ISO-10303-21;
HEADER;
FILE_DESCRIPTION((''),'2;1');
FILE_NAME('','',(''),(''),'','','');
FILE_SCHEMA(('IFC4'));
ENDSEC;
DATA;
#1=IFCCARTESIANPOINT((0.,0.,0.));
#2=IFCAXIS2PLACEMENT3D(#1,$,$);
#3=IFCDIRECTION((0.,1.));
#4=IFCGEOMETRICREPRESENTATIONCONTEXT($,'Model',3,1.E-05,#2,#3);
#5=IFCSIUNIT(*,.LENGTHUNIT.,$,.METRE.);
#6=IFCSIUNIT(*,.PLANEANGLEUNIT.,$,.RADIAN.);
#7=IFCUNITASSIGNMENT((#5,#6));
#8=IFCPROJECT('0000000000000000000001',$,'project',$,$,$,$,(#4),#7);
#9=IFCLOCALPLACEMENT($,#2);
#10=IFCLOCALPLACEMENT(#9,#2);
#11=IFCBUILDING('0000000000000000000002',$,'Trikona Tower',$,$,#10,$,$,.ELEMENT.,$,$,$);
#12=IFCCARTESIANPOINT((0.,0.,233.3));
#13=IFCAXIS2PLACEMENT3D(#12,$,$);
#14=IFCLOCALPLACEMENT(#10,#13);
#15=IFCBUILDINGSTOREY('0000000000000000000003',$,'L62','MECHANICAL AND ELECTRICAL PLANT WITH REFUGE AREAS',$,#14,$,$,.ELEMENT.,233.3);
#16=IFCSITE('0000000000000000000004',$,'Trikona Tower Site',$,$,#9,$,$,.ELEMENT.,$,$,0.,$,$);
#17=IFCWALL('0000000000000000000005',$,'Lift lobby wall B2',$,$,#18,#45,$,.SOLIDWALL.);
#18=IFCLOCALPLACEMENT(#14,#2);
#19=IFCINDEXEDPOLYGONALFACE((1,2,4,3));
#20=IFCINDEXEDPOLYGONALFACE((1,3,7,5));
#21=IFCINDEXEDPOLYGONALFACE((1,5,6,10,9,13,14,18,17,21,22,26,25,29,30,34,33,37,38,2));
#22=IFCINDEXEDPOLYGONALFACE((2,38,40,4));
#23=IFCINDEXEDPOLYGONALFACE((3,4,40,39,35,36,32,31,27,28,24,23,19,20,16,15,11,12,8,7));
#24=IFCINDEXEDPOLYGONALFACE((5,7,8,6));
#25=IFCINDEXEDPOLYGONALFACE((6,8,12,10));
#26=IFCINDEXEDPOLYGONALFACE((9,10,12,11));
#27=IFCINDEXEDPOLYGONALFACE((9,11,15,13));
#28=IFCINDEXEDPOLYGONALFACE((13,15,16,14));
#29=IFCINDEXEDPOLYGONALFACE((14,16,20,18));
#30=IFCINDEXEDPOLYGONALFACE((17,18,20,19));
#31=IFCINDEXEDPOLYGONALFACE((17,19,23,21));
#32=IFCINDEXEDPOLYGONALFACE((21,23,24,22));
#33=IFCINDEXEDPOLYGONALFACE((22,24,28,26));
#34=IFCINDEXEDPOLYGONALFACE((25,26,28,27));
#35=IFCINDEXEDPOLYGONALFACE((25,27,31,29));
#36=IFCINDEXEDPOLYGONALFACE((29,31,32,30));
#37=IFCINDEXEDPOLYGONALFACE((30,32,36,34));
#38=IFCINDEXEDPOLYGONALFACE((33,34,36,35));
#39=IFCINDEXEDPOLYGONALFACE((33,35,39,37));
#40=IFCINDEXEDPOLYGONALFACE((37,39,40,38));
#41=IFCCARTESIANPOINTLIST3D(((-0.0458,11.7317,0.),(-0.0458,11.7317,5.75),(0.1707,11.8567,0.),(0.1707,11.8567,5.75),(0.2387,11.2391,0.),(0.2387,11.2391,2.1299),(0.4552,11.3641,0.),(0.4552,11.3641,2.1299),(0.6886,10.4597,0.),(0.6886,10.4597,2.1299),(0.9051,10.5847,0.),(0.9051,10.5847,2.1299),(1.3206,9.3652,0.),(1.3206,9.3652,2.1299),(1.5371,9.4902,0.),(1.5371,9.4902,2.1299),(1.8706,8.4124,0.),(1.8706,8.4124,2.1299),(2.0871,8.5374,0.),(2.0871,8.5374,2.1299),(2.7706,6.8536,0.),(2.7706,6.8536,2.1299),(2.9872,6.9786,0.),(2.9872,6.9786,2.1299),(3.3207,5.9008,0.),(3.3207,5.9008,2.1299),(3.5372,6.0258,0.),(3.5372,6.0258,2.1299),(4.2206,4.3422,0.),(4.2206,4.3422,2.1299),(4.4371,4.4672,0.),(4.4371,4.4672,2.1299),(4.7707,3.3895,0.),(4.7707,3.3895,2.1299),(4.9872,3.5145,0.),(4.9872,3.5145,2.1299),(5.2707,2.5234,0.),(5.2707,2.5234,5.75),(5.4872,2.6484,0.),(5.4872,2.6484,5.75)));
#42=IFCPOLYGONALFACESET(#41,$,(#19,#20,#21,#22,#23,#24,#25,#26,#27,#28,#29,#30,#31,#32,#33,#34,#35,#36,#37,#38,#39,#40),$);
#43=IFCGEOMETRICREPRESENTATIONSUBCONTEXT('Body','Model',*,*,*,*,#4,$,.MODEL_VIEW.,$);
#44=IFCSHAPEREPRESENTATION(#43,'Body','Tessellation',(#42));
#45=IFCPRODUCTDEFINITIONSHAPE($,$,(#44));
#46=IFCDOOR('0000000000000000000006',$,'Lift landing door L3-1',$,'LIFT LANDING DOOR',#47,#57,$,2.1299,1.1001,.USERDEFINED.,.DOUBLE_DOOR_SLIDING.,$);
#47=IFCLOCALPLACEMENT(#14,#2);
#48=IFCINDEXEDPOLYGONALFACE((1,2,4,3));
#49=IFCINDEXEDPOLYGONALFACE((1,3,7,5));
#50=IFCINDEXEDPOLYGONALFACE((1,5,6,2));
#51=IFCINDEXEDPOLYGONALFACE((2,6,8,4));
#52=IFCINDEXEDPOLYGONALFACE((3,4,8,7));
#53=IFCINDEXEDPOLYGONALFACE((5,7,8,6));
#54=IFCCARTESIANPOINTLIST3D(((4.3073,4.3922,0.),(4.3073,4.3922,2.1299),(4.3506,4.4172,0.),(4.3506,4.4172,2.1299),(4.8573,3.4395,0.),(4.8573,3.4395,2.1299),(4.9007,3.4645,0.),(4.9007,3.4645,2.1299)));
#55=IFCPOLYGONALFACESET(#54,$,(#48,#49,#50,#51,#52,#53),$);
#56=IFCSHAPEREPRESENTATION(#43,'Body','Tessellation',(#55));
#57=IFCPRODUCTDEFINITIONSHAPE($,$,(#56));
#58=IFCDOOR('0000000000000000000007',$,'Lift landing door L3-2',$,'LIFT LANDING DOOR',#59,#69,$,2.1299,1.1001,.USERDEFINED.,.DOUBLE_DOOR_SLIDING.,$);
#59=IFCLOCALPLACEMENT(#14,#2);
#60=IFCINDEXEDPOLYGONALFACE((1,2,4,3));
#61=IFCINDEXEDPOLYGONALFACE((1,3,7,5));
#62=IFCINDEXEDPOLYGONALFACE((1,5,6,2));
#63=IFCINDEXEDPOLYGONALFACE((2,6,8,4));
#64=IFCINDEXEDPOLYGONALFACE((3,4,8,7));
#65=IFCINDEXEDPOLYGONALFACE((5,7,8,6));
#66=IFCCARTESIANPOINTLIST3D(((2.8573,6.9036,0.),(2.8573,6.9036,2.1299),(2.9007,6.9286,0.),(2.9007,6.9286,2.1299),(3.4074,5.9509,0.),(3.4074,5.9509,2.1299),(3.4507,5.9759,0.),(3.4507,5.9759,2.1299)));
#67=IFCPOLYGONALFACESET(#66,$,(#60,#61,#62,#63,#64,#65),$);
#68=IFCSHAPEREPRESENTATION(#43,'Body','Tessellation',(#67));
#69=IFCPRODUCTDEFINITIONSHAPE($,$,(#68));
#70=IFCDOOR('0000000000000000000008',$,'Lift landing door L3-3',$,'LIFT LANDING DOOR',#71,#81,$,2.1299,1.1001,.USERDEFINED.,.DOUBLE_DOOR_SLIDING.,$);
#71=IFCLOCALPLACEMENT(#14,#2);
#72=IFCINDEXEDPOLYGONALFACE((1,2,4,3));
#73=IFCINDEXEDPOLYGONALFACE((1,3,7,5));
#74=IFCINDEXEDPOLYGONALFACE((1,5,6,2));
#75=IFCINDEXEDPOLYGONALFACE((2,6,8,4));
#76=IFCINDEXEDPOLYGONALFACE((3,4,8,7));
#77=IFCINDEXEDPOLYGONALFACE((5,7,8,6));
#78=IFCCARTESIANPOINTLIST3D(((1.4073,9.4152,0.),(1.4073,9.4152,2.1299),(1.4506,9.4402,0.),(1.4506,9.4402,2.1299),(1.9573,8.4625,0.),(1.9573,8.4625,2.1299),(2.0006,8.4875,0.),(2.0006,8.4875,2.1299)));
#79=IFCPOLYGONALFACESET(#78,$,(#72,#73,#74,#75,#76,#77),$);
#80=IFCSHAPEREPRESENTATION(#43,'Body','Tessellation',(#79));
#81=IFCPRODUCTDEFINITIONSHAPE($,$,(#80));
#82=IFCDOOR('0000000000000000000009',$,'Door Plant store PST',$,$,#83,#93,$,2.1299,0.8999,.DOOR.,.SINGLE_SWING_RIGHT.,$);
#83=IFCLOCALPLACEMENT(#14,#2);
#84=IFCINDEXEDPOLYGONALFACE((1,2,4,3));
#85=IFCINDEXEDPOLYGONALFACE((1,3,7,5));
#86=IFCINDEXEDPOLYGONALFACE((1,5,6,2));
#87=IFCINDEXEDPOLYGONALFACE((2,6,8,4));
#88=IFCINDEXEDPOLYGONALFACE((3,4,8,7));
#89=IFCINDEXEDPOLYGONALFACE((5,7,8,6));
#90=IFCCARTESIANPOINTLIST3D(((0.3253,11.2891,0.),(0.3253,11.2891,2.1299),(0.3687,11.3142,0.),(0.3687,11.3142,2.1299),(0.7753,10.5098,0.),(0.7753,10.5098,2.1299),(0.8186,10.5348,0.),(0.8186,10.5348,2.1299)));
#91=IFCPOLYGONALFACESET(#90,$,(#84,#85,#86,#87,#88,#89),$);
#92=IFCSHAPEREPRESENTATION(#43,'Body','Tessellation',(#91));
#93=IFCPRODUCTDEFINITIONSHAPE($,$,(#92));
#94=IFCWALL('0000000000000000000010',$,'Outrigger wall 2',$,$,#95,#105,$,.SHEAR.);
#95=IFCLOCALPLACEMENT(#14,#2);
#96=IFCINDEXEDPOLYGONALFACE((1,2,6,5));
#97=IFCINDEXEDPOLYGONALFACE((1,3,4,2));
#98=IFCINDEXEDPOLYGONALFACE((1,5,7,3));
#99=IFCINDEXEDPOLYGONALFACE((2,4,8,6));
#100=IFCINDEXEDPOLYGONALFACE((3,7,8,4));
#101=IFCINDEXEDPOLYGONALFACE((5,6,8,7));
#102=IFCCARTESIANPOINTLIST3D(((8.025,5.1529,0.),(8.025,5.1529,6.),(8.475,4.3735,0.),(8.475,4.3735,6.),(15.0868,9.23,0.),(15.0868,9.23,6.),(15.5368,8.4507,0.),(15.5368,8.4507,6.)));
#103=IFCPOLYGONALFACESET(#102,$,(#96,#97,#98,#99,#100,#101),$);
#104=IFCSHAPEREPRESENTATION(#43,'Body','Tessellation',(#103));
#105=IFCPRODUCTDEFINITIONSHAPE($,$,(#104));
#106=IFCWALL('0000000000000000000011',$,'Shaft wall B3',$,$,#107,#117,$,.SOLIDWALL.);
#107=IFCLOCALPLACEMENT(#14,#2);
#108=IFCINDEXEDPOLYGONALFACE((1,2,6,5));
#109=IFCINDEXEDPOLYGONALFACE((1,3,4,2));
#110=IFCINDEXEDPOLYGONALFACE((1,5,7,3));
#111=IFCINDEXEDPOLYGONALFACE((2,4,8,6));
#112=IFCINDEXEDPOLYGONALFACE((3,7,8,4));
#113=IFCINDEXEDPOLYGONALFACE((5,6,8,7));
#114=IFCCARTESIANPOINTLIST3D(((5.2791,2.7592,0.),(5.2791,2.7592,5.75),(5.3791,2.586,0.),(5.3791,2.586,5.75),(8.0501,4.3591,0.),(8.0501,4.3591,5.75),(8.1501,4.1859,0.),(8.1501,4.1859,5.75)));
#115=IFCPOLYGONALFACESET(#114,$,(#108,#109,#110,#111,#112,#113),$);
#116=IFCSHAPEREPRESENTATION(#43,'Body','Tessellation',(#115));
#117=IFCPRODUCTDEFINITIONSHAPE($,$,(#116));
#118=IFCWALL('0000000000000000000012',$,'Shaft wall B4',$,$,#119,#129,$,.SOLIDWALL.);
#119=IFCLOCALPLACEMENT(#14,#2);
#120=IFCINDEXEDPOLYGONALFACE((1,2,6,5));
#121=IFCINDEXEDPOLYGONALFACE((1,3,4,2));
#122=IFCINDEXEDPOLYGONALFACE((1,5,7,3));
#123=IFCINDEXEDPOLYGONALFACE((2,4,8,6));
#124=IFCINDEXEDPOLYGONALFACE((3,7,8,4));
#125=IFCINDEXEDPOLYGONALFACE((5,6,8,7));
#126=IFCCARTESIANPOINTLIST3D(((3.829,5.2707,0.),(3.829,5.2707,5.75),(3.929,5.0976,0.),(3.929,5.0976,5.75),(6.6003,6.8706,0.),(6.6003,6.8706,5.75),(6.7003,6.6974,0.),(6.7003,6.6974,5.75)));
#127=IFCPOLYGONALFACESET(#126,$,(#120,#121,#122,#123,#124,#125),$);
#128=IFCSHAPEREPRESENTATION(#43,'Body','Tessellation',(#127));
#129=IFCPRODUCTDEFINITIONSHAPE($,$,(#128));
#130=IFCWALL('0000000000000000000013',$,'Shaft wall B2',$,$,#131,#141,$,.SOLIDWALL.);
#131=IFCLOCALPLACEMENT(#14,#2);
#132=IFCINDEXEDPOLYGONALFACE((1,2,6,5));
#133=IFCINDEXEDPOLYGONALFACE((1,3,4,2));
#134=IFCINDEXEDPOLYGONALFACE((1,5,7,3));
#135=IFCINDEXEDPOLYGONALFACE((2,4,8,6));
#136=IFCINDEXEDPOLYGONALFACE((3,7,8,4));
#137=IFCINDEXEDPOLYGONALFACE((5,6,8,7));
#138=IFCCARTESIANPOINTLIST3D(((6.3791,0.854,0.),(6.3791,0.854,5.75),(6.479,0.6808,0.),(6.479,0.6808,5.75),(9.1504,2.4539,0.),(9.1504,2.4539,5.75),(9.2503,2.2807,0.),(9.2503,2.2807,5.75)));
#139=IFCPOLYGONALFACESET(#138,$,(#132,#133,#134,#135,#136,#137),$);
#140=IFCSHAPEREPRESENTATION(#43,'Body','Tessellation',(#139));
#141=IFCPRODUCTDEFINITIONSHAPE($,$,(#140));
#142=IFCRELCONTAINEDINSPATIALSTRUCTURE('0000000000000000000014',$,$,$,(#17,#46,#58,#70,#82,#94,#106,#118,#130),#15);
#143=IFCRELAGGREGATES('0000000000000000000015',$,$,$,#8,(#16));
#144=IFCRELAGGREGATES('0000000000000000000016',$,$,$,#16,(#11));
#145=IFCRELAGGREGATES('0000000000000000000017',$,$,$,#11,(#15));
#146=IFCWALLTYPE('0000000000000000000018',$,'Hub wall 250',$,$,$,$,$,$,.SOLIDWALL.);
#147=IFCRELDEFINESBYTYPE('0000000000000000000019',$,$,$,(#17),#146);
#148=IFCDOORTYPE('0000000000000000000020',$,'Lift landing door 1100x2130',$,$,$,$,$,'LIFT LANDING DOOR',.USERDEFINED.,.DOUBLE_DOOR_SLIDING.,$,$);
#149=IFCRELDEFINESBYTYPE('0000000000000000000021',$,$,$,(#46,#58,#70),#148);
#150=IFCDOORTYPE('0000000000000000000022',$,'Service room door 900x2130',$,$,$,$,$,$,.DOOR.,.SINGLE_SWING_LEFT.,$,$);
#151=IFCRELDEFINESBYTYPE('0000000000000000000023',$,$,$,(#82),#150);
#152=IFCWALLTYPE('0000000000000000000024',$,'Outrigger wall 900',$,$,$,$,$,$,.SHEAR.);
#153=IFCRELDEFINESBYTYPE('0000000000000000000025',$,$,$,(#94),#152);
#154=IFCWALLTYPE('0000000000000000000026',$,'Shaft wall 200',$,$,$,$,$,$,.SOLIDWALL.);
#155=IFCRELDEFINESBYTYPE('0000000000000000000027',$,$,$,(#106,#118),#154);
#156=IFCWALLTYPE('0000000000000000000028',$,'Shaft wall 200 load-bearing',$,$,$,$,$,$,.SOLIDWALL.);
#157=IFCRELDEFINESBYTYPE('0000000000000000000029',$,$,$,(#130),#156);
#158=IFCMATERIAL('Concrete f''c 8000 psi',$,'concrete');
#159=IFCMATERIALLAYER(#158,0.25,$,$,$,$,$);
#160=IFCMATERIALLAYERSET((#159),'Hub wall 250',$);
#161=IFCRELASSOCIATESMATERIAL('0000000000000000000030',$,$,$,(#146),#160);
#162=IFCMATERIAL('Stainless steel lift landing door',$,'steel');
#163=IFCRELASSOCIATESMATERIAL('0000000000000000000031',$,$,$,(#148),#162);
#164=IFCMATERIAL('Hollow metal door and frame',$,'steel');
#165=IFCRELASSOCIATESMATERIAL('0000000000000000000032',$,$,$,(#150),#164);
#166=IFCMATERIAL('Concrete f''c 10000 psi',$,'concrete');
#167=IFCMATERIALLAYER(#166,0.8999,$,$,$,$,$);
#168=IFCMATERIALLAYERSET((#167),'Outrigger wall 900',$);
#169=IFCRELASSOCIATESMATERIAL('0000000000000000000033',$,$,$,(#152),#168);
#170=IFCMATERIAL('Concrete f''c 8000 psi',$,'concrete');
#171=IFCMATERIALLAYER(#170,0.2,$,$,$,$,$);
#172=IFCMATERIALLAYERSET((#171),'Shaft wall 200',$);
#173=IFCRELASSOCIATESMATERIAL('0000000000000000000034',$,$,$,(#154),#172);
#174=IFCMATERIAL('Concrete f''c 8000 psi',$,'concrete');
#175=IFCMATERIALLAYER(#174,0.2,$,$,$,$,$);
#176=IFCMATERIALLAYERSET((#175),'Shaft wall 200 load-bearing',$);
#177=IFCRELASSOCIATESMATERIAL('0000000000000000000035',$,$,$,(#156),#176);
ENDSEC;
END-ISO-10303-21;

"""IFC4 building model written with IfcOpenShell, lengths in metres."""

from ifc_helpers import new_model, si_unit, direction, frame, frame_2d, origin, place, context, subcontext, project, spatial, rectangle, extrude, material, layer, layer_set, type_object, element, fill, save


model = new_model("IFC4")

# Units and contexts
model_context = context("Model", 3, precision=1e-05, world=origin(), true_north=direction((0.0, 1.0)))
body_context = subcontext(model_context, "Body", "Model", "MODEL_VIEW")
ifc_project = project(units=[si_unit("LENGTHUNIT", "METRE"), si_unit("PLANEANGLEUNIT", "RADIAN")], contexts=[model_context])

# Site, building, storey
site_placement = place(None, origin())
site = spatial("IfcSite", under=ifc_project, at=site_placement, Name="Trikona Tower Site", CompositionType="ELEMENT", RefElevation=0.0)
building_placement = place(site_placement, origin())
building = spatial("IfcBuilding", under=site, at=building_placement, Name="Trikona Tower", CompositionType="ELEMENT")
storey_placement = place(building_placement, frame((0.0, 0.0, 233.3)))
storey = spatial("IfcBuildingStorey", under=building, at=storey_placement, Name="L62", Description="MECHANICAL AND ELECTRICAL PLANT WITH REFUGE AREAS", CompositionType="ELEMENT", Elevation=233.3)

# Wall, openings, doors
ifc_material_1 = material(Name="Concrete f'c 8000 psi", Category="concrete")
ifc_layer_1 = layer(ifc_material_1, 0.25)
ifc_layer_set_1 = layer_set([ifc_layer_1], Name="Hub wall 250")
wall_type_1 = type_object("IfcWallType", Name="Hub wall 250", PredefinedType="SOLIDWALL", material=ifc_layer_set_1)
wall_1_placement = place(storey_placement, frame((5.3789, 2.5859, 0.0), z_axis=(0.0, 0.0, 1.0), x_axis=(-0.500001, 0.866025, 0.0)))
wall_1 = element("IfcWall", 1, at=wall_1_placement, inside=storey, type_object=wall_type_1, Name="Lift lobby wall B2", PredefinedType="SOLIDWALL", context=body_context, shape_type="SweptSolid", body=[
    extrude(rectangle(XDim=10.6328, YDim=0.25, at=frame_2d((5.3164, 0.0))), origin(), (0.0, 0.0, 1.0), 5.75),
])
opening_1_placement = place(wall_1_placement, frame((9.1641, 0.0, 0.0)))
opening_1 = element("IfcOpeningElement", 2, at=opening_1_placement, cuts=wall_1, PredefinedType="OPENING", context=body_context, shape_type="SweptSolid", body=[
    extrude(rectangle(XDim=0.8999, YDim=2.1299, at=frame_2d((0.45, 1.0649))), frame((0.0, 0.135, 0.0), z_axis=(0.0, -1.0, 0.0), x_axis=(1.0, 0.0, 0.0)), (0.0, 0.0, 1.0), 0.27),
])
opening_2_placement = place(wall_1_placement, frame((1.0, 0.0, 0.0)))
opening_2 = element("IfcOpeningElement", 3, at=opening_2_placement, cuts=wall_1, PredefinedType="OPENING", context=body_context, shape_type="SweptSolid", body=[
    extrude(rectangle(XDim=1.1001, YDim=2.1299, at=frame_2d((0.55, 1.0649))), frame((0.0, 0.135, 0.0), z_axis=(0.0, -1.0, 0.0), x_axis=(1.0, 0.0, 0.0)), (0.0, 0.0, 1.0), 0.27),
])
opening_3_placement = place(wall_1_placement, frame((3.8999, 0.0, 0.0)))
opening_3 = element("IfcOpeningElement", 4, at=opening_3_placement, cuts=wall_1, PredefinedType="OPENING", context=body_context, shape_type="SweptSolid", body=[
    extrude(rectangle(XDim=1.1001, YDim=2.1299, at=frame_2d((0.55, 1.0649))), frame((0.0, 0.135, 0.0), z_axis=(0.0, -1.0, 0.0), x_axis=(1.0, 0.0, 0.0)), (0.0, 0.0, 1.0), 0.27),
])
opening_4_placement = place(wall_1_placement, frame((6.8, 0.0, 0.0)))
opening_4 = element("IfcOpeningElement", 5, at=opening_4_placement, cuts=wall_1, PredefinedType="OPENING", context=body_context, shape_type="SweptSolid", body=[
    extrude(rectangle(XDim=1.1001, YDim=2.1299, at=frame_2d((0.55, 1.0649))), frame((0.0, 0.135, 0.0), z_axis=(0.0, -1.0, 0.0), x_axis=(1.0, 0.0, 0.0)), (0.0, 0.0, 1.0), 0.27),
])
ifc_material_2 = material(Name="Stainless steel lift landing door", Category="steel")
door_type_1 = type_object("IfcDoorType", Name="Lift landing door 1100x2130", ElementType="LIFT LANDING DOOR", OperationType="DOUBLE_DOOR_SLIDING", PredefinedType="USERDEFINED", material=ifc_material_2)
door_1_placement = place(opening_2_placement, origin())
door_1 = element("IfcDoor", 6, at=door_1_placement, inside=storey, type_object=door_type_1, Name="Lift landing door L3-1", ObjectType="LIFT LANDING DOOR", OperationType="DOUBLE_DOOR_SLIDING", OverallHeight=2.1299, OverallWidth=1.1001, PredefinedType="USERDEFINED", context=body_context, shape_type="SweptSolid", body=[
    extrude(rectangle(XDim=1.1001, YDim=2.1299, at=frame_2d((0.55, 1.0649))), frame((0.0, 0.0249, 0.0), z_axis=(0.0, -1.0, 0.0), x_axis=(1.0, 0.0, 0.0)), (0.0, 0.0, 1.0), 0.05),
])
fill(opening_2, door_1)
door_2_placement = place(opening_3_placement, origin())
door_2 = element("IfcDoor", 7, at=door_2_placement, inside=storey, type_object=door_type_1, Name="Lift landing door L3-2", ObjectType="LIFT LANDING DOOR", OperationType="DOUBLE_DOOR_SLIDING", OverallHeight=2.1299, OverallWidth=1.1001, PredefinedType="USERDEFINED", context=body_context, shape_type="SweptSolid", body=[
    extrude(rectangle(XDim=1.1001, YDim=2.1299, at=frame_2d((0.55, 1.0649))), frame((0.0, 0.0249, 0.0), z_axis=(0.0, -1.0, 0.0), x_axis=(1.0, 0.0, 0.0)), (0.0, 0.0, 1.0), 0.05),
])
fill(opening_3, door_2)
door_3_placement = place(opening_4_placement, origin())
door_3 = element("IfcDoor", 8, at=door_3_placement, inside=storey, type_object=door_type_1, Name="Lift landing door L3-3", ObjectType="LIFT LANDING DOOR", OperationType="DOUBLE_DOOR_SLIDING", OverallHeight=2.1299, OverallWidth=1.1001, PredefinedType="USERDEFINED", context=body_context, shape_type="SweptSolid", body=[
    extrude(rectangle(XDim=1.1001, YDim=2.1299, at=frame_2d((0.55, 1.0649))), frame((0.0, 0.0249, 0.0), z_axis=(0.0, -1.0, 0.0), x_axis=(1.0, 0.0, 0.0)), (0.0, 0.0, 1.0), 0.05),
])
fill(opening_4, door_3)
ifc_material_3 = material(Name="Hollow metal door and frame", Category="steel")
door_type_2 = type_object("IfcDoorType", Name="Service room door 900x2130", OperationType="SINGLE_SWING_LEFT", PredefinedType="DOOR", material=ifc_material_3)
door_4_placement = place(opening_1_placement, origin())
door_4 = element("IfcDoor", 9, at=door_4_placement, inside=storey, type_object=door_type_2, Name="Door Plant store PST", OperationType="SINGLE_SWING_RIGHT", OverallHeight=2.1299, OverallWidth=0.8999, PredefinedType="DOOR", context=body_context, shape_type="SweptSolid", body=[
    extrude(rectangle(XDim=0.8999, YDim=2.1299, at=frame_2d((0.45, 1.0649))), frame((0.0, 0.0249, 0.0), z_axis=(0.0, -1.0, 0.0), x_axis=(1.0, 0.0, 0.0)), (0.0, 0.0, 1.0), 0.05),
])
fill(opening_1, door_4)

# Walls
ifc_material_4 = material(Name="Concrete f'c 10000 psi", Category="concrete")
ifc_layer_2 = layer(ifc_material_4, 0.8999)
ifc_layer_set_2 = layer_set([ifc_layer_2], Name="Outrigger wall 900")
wall_type_2 = type_object("IfcWallType", Name="Outrigger wall 900", PredefinedType="SHEAR", material=ifc_layer_set_2)
wall_2_placement = place(storey_placement, frame((8.25, 4.7632, 0.0), z_axis=(0.0, 0.0, 1.0), x_axis=(0.866024, 0.500003, 0.0)))
element("IfcWall", 10, at=wall_2_placement, inside=storey, type_object=wall_type_2, Name="Outrigger wall 2", PredefinedType="SHEAR", context=body_context, shape_type="SweptSolid", body=[
    extrude(rectangle(XDim=8.1543, YDim=0.8999, at=frame_2d((4.0771, 0.0))), origin(), (0.0, 0.0, 1.0), 6.0),
])
ifc_material_5 = material(Name="Concrete f'c 8000 psi", Category="concrete")
ifc_layer_3 = layer(ifc_material_5, 0.2)
ifc_layer_set_3 = layer_set([ifc_layer_3], Name="Shaft wall 200")
wall_type_3 = type_object("IfcWallType", Name="Shaft wall 200", PredefinedType="SOLIDWALL", material=ifc_layer_set_3)
wall_3_placement = place(storey_placement, frame((5.3291, 2.6726, 0.0), z_axis=(0.0, 0.0, 1.0), x_axis=(0.866023, 0.500004, 0.0)))
element("IfcWall", 11, at=wall_3_placement, inside=storey, type_object=wall_type_3, Name="Shaft wall B3", PredefinedType="SOLIDWALL", context=body_context, shape_type="SweptSolid", body=[
    extrude(rectangle(XDim=3.1997, YDim=0.2, at=frame_2d((1.5999, 0.0))), origin(), (0.0, 0.0, 1.0), 5.75),
])
wall_4_placement = place(storey_placement, frame((3.8789, 5.1841, 0.0), z_axis=(0.0, 0.0, 1.0), x_axis=(0.866042, 0.499971, 0.0)))
element("IfcWall", 12, at=wall_4_placement, inside=storey, type_object=wall_type_3, Name="Shaft wall B4", PredefinedType="SOLIDWALL", context=body_context, shape_type="SweptSolid", body=[
    extrude(rectangle(XDim=3.2, YDim=0.2, at=frame_2d((1.6001, 0.0))), origin(), (0.0, 0.0, 1.0), 5.75),
])
ifc_material_6 = material(Name="Concrete f'c 8000 psi", Category="concrete")
ifc_layer_4 = layer(ifc_material_6, 0.2)
ifc_layer_set_4 = layer_set([ifc_layer_4], Name="Shaft wall 200 load-bearing")
wall_type_4 = type_object("IfcWallType", Name="Shaft wall 200 load-bearing", PredefinedType="SOLIDWALL", material=ifc_layer_set_4)
wall_5_placement = place(storey_placement, frame((6.429, 0.7673, 0.0), z_axis=(0.0, 0.0, 1.0), x_axis=(0.866042, 0.499971, 0.0)))
element("IfcWall", 13, at=wall_5_placement, inside=storey, type_object=wall_type_4, Name="Shaft wall B2", PredefinedType="SOLIDWALL", context=body_context, shape_type="SweptSolid", body=[
    extrude(rectangle(XDim=3.2, YDim=0.2, at=frame_2d((1.6001, 0.0))), origin(), (0.0, 0.0, 1.0), 5.75),
])

save(model, "model.ifc")
